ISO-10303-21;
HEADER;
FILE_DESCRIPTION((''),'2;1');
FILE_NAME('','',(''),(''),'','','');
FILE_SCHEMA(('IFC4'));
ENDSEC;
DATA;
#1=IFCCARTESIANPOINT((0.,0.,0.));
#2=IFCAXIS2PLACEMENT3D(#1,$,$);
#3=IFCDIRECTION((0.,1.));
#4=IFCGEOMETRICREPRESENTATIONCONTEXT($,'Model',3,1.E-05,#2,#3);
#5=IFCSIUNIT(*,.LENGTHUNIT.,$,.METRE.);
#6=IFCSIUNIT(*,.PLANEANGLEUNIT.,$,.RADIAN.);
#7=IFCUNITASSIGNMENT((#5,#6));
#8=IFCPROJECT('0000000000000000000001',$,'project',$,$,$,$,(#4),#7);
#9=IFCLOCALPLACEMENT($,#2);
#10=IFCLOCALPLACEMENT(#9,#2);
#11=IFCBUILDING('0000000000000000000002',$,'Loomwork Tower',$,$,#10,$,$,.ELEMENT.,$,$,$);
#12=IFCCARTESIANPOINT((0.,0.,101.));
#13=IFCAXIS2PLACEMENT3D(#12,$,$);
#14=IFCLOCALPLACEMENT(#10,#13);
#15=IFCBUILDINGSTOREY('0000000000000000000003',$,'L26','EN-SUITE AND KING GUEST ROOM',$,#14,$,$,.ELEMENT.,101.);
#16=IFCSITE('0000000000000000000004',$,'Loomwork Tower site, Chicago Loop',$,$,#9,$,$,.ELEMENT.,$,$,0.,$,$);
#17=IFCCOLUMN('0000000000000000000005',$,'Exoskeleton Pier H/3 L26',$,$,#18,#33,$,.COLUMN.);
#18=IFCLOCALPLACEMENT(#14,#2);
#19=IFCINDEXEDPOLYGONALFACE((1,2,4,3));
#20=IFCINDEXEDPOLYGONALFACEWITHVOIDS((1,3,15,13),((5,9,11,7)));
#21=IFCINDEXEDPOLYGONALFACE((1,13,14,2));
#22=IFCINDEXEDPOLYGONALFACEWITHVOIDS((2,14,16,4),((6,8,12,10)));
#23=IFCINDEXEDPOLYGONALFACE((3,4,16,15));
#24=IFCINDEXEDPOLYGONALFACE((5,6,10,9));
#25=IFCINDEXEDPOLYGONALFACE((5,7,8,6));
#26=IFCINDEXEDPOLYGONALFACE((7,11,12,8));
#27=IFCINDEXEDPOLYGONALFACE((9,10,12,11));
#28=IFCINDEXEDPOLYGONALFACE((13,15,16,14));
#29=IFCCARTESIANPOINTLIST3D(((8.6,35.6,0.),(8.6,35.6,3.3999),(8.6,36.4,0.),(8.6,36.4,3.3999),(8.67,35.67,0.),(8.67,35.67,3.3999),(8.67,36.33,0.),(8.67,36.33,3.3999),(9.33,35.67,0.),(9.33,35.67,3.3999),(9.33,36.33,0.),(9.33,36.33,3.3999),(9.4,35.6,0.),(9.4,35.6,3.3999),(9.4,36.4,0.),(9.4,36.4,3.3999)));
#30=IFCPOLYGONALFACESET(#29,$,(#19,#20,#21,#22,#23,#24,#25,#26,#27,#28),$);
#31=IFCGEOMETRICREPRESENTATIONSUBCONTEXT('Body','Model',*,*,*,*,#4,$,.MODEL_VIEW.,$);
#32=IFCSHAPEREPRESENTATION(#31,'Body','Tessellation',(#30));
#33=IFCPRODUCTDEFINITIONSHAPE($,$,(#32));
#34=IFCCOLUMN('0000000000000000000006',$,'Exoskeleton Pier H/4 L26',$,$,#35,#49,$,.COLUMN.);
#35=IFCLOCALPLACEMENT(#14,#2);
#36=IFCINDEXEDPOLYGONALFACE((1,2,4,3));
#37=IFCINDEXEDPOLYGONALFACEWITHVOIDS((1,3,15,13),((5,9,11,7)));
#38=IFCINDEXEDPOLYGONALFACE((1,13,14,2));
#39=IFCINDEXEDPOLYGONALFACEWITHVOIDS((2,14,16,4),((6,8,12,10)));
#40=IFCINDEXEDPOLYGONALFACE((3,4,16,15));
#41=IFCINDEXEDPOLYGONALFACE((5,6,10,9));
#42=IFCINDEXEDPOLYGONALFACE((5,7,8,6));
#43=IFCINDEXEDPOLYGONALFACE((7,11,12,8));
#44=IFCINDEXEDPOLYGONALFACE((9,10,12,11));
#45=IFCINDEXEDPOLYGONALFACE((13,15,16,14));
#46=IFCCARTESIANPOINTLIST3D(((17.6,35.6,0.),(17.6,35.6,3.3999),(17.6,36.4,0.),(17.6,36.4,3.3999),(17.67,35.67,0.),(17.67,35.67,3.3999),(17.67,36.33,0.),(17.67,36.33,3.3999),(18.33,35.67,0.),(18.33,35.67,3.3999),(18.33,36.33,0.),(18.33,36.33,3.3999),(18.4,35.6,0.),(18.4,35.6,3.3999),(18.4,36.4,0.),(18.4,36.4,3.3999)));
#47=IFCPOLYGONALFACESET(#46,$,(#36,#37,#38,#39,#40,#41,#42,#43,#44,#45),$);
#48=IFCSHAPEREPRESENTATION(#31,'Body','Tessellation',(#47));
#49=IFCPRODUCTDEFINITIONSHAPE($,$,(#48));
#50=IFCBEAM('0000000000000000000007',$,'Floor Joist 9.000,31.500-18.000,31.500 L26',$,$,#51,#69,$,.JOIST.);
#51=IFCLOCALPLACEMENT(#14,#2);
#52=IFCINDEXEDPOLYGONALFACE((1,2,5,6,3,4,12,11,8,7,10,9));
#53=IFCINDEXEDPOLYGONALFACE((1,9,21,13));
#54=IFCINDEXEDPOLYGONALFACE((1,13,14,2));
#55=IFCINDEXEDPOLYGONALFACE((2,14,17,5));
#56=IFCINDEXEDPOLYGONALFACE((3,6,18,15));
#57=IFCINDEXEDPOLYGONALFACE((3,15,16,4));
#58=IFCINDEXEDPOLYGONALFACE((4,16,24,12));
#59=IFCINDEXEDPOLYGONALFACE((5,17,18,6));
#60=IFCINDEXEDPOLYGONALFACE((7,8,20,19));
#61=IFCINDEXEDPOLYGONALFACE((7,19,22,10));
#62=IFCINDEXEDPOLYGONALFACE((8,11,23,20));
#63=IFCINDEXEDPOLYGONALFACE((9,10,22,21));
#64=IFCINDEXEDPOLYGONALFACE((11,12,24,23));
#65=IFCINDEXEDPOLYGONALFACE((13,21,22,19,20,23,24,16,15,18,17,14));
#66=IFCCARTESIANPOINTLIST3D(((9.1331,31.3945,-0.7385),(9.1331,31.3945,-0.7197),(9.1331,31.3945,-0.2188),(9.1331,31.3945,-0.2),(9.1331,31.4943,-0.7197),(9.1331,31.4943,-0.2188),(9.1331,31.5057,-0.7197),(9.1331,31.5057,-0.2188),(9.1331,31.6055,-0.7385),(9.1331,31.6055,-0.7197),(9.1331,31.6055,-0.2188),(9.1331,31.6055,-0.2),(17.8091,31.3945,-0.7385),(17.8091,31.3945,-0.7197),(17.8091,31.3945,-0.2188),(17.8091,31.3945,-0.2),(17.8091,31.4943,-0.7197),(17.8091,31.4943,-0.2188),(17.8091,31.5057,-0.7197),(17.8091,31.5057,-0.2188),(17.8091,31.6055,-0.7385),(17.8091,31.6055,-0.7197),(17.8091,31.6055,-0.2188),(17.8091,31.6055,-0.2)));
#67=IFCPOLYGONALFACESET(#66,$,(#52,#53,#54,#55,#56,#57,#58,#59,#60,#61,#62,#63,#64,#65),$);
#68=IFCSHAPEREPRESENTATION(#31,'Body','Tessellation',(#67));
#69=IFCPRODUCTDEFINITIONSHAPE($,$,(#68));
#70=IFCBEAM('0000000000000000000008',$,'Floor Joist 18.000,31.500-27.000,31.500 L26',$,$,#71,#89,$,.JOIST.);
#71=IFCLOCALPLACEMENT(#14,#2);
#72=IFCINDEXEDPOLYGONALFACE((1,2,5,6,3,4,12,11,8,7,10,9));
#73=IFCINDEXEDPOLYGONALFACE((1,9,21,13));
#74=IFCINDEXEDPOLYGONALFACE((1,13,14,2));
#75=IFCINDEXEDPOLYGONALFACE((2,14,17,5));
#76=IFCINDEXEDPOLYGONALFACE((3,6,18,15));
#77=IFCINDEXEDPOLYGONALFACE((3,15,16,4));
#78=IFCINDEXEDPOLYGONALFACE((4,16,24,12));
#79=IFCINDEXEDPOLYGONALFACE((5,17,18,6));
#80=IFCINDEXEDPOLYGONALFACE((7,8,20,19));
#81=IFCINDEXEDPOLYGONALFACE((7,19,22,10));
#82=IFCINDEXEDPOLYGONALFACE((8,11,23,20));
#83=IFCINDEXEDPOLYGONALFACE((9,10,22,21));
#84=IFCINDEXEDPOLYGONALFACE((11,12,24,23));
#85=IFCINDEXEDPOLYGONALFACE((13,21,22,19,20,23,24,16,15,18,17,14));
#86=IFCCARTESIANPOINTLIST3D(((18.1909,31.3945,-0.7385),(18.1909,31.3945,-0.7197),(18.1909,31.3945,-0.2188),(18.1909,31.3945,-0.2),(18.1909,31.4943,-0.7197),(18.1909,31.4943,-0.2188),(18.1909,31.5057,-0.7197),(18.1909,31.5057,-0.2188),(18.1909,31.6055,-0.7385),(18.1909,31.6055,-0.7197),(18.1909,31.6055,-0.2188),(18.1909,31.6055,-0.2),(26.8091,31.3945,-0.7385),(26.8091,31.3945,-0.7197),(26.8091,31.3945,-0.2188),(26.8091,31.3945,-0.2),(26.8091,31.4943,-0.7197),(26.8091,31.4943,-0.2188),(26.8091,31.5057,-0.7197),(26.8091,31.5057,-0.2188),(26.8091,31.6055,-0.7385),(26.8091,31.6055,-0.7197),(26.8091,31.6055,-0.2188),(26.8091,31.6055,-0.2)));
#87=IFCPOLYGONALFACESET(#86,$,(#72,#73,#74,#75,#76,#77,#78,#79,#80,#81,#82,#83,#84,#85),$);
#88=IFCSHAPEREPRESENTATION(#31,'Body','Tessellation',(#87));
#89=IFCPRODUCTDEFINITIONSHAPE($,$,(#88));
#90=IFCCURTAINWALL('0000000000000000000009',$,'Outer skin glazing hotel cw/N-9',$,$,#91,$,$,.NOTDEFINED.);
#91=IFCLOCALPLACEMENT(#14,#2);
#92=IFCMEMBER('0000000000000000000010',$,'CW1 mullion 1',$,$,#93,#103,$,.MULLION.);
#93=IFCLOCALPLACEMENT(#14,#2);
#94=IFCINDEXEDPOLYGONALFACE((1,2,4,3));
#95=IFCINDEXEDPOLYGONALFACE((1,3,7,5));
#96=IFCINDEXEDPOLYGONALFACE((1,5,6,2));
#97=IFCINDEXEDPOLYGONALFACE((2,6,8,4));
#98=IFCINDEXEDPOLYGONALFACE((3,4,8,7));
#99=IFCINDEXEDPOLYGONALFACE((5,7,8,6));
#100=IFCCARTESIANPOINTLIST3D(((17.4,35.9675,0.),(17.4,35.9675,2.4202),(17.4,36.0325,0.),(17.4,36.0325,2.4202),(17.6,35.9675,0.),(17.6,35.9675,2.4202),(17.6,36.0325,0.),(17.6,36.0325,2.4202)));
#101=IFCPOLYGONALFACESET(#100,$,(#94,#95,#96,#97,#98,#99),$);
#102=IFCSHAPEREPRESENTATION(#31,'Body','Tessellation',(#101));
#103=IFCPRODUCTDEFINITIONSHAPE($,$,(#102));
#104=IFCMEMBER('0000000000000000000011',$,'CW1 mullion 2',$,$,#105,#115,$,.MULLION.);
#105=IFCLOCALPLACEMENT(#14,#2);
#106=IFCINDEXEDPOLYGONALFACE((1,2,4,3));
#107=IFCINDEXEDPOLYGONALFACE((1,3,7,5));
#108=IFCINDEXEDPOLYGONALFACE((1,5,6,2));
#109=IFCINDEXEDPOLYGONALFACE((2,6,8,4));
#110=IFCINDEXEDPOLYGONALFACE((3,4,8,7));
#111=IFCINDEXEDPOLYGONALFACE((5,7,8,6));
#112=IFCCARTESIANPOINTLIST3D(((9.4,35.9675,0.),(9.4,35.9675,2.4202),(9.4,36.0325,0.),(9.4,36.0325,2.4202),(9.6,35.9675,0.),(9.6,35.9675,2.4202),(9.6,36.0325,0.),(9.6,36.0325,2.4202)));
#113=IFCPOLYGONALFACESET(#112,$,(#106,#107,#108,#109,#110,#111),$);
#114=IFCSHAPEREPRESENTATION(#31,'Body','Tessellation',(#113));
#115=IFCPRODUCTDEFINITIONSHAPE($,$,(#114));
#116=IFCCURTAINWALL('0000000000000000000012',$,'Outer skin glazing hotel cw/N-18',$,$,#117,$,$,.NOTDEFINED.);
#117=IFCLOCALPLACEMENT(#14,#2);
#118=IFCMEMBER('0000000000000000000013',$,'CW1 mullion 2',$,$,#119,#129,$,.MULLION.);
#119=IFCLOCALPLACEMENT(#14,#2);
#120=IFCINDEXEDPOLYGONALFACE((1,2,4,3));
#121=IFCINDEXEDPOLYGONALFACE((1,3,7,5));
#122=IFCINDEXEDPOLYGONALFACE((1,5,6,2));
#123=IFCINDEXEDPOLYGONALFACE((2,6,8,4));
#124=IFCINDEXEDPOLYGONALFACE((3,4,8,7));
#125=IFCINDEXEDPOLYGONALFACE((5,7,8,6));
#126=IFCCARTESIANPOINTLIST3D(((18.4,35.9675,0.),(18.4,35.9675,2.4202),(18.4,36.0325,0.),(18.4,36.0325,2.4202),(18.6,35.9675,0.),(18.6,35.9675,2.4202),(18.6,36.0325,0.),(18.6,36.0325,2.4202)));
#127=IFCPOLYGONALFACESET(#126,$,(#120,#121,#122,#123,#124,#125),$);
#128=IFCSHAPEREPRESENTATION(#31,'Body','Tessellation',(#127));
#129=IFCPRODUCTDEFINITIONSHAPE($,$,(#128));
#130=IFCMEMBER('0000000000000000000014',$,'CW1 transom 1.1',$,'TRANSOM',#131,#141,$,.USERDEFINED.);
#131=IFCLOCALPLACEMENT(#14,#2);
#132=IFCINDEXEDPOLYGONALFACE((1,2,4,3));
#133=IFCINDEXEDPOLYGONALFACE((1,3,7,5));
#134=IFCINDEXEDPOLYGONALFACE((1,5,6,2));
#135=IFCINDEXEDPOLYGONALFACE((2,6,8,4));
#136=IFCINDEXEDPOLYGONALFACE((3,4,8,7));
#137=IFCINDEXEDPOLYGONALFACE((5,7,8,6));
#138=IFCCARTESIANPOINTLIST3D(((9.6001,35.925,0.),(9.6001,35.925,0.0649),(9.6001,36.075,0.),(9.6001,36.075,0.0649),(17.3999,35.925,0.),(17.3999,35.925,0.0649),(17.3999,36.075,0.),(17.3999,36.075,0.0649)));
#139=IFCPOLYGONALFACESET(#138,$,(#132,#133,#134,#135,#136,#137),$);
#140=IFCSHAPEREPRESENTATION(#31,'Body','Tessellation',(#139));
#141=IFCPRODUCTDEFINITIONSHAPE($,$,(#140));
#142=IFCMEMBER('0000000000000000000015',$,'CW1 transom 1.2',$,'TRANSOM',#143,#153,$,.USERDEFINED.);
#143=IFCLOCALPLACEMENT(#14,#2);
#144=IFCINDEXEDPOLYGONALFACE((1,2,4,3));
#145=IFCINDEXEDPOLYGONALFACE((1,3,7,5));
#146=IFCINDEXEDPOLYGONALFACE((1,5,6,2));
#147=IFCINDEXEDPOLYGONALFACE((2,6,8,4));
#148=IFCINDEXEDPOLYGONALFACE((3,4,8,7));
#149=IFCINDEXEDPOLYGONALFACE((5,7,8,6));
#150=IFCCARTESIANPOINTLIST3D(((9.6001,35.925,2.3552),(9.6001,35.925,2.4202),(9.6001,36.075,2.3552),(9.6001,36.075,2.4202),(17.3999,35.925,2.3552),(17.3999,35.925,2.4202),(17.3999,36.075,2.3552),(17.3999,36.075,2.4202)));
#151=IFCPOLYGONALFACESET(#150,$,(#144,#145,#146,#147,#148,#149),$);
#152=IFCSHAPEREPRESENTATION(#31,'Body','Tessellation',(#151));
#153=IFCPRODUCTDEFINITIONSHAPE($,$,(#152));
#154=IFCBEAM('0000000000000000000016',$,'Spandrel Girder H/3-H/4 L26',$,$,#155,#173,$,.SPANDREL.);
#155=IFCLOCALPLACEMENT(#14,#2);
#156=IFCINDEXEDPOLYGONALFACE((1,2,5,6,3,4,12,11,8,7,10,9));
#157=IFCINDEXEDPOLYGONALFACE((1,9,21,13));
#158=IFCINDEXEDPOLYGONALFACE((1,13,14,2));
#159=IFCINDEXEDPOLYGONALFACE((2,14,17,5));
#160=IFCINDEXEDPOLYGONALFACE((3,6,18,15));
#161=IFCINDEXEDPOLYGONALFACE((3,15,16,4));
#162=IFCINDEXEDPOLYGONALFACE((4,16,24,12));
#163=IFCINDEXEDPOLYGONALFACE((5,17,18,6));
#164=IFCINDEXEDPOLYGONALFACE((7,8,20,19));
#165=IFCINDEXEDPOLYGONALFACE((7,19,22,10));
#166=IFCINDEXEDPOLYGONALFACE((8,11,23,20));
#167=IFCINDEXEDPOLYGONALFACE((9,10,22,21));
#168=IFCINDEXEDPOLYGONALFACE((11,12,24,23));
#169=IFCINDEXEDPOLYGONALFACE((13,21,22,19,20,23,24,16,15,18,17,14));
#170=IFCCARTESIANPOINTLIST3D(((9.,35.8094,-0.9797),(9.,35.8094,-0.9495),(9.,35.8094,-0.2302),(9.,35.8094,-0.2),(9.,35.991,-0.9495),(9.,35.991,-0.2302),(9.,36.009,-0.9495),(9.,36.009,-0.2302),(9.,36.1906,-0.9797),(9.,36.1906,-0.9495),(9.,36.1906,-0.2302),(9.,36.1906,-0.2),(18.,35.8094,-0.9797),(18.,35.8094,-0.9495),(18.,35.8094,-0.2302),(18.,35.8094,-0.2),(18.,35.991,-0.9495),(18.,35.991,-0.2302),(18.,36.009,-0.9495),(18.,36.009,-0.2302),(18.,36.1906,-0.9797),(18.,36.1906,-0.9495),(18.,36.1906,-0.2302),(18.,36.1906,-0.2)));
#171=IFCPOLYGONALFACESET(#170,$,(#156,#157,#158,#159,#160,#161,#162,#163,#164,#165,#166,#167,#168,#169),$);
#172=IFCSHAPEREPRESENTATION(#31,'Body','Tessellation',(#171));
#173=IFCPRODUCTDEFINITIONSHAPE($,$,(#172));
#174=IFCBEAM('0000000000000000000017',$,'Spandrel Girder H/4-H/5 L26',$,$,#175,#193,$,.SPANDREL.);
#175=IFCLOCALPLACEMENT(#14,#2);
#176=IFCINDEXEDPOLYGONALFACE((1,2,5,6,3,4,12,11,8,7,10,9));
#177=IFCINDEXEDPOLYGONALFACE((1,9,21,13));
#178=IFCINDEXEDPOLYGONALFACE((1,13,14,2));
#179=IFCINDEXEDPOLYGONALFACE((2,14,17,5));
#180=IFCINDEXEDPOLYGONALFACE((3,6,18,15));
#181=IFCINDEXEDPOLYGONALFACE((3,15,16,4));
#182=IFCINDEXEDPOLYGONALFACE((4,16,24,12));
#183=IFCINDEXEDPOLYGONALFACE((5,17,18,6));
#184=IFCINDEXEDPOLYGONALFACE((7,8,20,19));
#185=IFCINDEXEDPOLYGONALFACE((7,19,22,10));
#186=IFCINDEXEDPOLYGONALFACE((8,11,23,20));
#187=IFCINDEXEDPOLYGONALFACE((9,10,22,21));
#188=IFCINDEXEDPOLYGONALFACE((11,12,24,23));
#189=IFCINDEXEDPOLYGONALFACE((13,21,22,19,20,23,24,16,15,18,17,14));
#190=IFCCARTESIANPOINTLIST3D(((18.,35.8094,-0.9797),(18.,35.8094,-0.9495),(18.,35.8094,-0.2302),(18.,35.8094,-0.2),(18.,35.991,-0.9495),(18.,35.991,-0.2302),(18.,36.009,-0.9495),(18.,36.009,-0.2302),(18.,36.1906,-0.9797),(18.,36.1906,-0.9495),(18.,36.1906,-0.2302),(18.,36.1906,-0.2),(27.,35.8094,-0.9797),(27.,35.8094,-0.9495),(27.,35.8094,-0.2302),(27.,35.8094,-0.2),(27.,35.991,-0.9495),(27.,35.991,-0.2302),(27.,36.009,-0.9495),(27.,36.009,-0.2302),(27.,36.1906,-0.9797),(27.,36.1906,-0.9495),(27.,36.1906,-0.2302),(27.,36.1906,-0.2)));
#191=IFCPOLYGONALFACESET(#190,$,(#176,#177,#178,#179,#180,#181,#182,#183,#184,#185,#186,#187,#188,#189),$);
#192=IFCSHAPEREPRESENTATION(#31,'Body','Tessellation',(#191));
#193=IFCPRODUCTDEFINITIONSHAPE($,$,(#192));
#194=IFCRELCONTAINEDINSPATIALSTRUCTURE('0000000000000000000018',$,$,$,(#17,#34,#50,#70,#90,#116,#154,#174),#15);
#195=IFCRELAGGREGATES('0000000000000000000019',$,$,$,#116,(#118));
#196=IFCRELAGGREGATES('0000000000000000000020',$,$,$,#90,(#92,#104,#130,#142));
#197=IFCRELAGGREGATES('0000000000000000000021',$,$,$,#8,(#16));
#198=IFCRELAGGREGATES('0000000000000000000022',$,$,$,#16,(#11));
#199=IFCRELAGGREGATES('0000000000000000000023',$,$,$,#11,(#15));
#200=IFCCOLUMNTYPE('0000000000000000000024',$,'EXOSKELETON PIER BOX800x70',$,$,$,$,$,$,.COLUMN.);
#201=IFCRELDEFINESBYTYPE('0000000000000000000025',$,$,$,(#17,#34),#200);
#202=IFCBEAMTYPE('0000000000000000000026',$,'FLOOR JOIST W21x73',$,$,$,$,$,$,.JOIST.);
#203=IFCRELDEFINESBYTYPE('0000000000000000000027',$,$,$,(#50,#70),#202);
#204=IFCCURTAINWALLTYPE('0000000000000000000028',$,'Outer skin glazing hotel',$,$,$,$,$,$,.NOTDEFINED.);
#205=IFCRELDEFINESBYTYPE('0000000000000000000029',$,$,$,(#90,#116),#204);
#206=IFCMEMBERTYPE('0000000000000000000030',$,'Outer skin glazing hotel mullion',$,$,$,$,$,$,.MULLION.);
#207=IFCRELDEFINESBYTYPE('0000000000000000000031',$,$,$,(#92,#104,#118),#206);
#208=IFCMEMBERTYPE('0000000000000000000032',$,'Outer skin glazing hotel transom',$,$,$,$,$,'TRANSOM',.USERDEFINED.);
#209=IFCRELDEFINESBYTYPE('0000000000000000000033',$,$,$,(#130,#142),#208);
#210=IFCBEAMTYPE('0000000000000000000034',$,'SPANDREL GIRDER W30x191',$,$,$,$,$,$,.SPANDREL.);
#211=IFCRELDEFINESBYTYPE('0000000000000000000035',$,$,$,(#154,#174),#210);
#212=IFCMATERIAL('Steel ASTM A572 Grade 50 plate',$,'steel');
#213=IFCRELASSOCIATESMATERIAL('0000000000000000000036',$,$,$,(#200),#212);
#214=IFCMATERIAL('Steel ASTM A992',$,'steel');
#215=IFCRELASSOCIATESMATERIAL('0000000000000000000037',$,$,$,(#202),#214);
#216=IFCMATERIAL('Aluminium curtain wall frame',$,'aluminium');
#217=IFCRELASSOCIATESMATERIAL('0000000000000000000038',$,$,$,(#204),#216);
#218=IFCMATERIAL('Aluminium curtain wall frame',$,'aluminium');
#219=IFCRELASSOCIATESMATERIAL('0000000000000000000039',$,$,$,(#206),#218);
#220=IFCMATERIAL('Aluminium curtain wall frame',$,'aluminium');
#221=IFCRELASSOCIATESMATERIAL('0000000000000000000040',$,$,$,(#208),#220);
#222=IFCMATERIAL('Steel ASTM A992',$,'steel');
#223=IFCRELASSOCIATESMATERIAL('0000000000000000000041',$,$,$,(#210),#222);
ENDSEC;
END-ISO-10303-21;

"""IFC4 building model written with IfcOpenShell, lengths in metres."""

from ifc_helpers import new_model, si_unit, direction, frame, origin, origin_2d, place, context, subcontext, project, spatial, rectangle, hollow_rectangle, i_section, extrude, material, material_profile, profile_set, type_object, element, aggregate, save


model = new_model("IFC4")

# Units and contexts
model_context = context("Model", 3, precision=1e-05, world=origin(), true_north=direction((0.0, 1.0)))
body_context = subcontext(model_context, "Body", "Model", "MODEL_VIEW")
ifc_project = project(units=[si_unit("LENGTHUNIT", "METRE"), si_unit("PLANEANGLEUNIT", "RADIAN")], contexts=[model_context])

# Site, building, storey
site_placement = place(None, origin())
site = spatial("IfcSite", under=ifc_project, at=site_placement, Name="Loomwork Tower site, Chicago Loop", CompositionType="ELEMENT", RefElevation=0.0)
building_placement = place(site_placement, origin())
building = spatial("IfcBuilding", under=site, at=building_placement, Name="Loomwork Tower", CompositionType="ELEMENT")
storey_placement = place(building_placement, frame((0.0, 0.0, 101.0)))
storey = spatial("IfcBuildingStorey", under=building, at=storey_placement, Name="L26", Description="EN-SUITE AND KING GUEST ROOM", CompositionType="ELEMENT", Elevation=101.0)

# Columns
ifc_material_1 = material(Name="Steel ASTM A572 Grade 50 plate", Category="steel")
ifc_material_profile_1 = material_profile(ifc_material_1, hollow_rectangle(XDim=0.8, YDim=0.8, WallThickness=0.0701, at=origin_2d()), Name="BOX800x70")
ifc_profile_set_1 = profile_set([ifc_material_profile_1], Name="Steel ASTM A572 Grade 50 plate")
column_type = type_object("IfcColumnType", Name="EXOSKELETON PIER BOX800x70", PredefinedType="COLUMN", material=ifc_profile_set_1)
for number, where, z_axis, x_axis, name in (
    (1, (9.0, 36.0, 0.0), (0.0, 0.0, 1.0), (1.0, 0.0, 0.0), "Exoskeleton Pier H/3 L26"),
    (2, (18.0, 36.0, 0.0), (0.0, 0.0, 1.0), (1.0, 0.0, 0.0), "Exoskeleton Pier H/4 L26"),
):
    element("IfcColumn", number, at=place(storey_placement, frame(where, z_axis=z_axis, x_axis=x_axis)), inside=storey, type_object=column_type, Name=name, PredefinedType="COLUMN", context=body_context, shape_type="SweptSolid", body=[
        extrude(hollow_rectangle(XDim=0.8, YDim=0.8, WallThickness=0.0701, at=origin_2d()), origin(), (0.0, 0.0, 1.0), 3.3999),
    ])

# Beams
ifc_material_2 = material(Name="Steel ASTM A992", Category="steel")
ifc_material_profile_2 = material_profile(ifc_material_2, i_section(OverallWidth=0.2109, OverallDepth=0.5386, WebThickness=0.0115, FlangeThickness=0.0188, at=origin_2d()), Name="W21x73")
ifc_profile_set_2 = profile_set([ifc_material_profile_2], Name="Steel ASTM A992")
beam_type_1 = type_object("IfcBeamType", Name="FLOOR JOIST W21x73", PredefinedType="JOIST", material=ifc_profile_set_2)
beam_1_placement = place(storey_placement, frame((9.1331, 31.5, -0.4692), z_axis=(1.0, 0.0, 0.0), x_axis=(0.0, 1.0, 0.0)))
element("IfcBeam", 3, at=beam_1_placement, inside=storey, type_object=beam_type_1, Name="Floor Joist 9.000,31.500-18.000,31.500 L26", PredefinedType="JOIST", context=body_context, shape_type="SweptSolid", body=[
    extrude(i_section(OverallWidth=0.2109, OverallDepth=0.5386, WebThickness=0.0115, FlangeThickness=0.0188, at=origin_2d()), origin(), (0.0, 0.0, 1.0), 8.676),
])
beam_2_placement = place(storey_placement, frame((18.1909, 31.5, -0.4692), z_axis=(1.0, 0.0, 0.0), x_axis=(0.0, 1.0, 0.0)))
element("IfcBeam", 4, at=beam_2_placement, inside=storey, type_object=beam_type_1, Name="Floor Joist 18.000,31.500-27.000,31.500 L26", PredefinedType="JOIST", context=body_context, shape_type="SweptSolid", body=[
    extrude(i_section(OverallWidth=0.2109, OverallDepth=0.5386, WebThickness=0.0115, FlangeThickness=0.0188, at=origin_2d()), origin(), (0.0, 0.0, 1.0), 8.6182),
])

# Curtain wall, members
ifc_material_3 = material(Name="Aluminium curtain wall frame", Category="aluminium")
curtain_wall_type = type_object("IfcCurtainWallType", Name="Outer skin glazing hotel", PredefinedType="NOTDEFINED", material=ifc_material_3)
curtain_wall_1_placement = place(storey_placement, origin())
curtain_wall_1 = element("IfcCurtainWall", 5, at=curtain_wall_1_placement, inside=storey, type_object=curtain_wall_type, Name="Outer skin glazing hotel cw/N-9", PredefinedType="NOTDEFINED")
ifc_material_4 = material(Name="Aluminium curtain wall frame", Category="aluminium")
ifc_material_profile_3 = material_profile(ifc_material_4, rectangle(XDim=0.0649, YDim=0.2, at=origin_2d()), Name="AL 65x200")
ifc_profile_set_3 = profile_set([ifc_material_profile_3], Name="Aluminium curtain wall frame")
member_type_1 = type_object("IfcMemberType", Name="Outer skin glazing hotel mullion", PredefinedType="MULLION", material=ifc_profile_set_3)
member_1_placement = place(storey_placement, frame((17.5, 36.0, 0.0), z_axis=(0.0, 0.0, 1.0), x_axis=(0.0, -1.0, 0.0)))
member_1 = element("IfcMember", 6, at=member_1_placement, type_object=member_type_1, Name="CW1 mullion 1", PredefinedType="MULLION", context=body_context, shape_type="SweptSolid", body=[
    extrude(rectangle(XDim=0.0649, YDim=0.2, at=origin_2d()), origin(), (0.0, 0.0, 1.0), 2.4202),
])
member_2_placement = place(storey_placement, frame((9.5, 36.0, 0.0), z_axis=(0.0, 0.0, 1.0), x_axis=(0.0, -1.0, 0.0)))
member_2 = element("IfcMember", 7, at=member_2_placement, type_object=member_type_1, Name="CW1 mullion 2", PredefinedType="MULLION", context=body_context, shape_type="SweptSolid", body=[
    extrude(rectangle(XDim=0.0649, YDim=0.2, at=origin_2d()), origin(), (0.0, 0.0, 1.0), 2.4202),
])

# Curtain wall, member
curtain_wall_2_placement = place(storey_placement, origin())
curtain_wall_2 = element("IfcCurtainWall", 8, at=curtain_wall_2_placement, inside=storey, type_object=curtain_wall_type, Name="Outer skin glazing hotel cw/N-18", PredefinedType="NOTDEFINED")
member_3_placement = place(storey_placement, frame((18.5, 36.0, 0.0), z_axis=(0.0, 0.0, 1.0), x_axis=(0.0, -1.0, 0.0)))
member_3 = element("IfcMember", 9, at=member_3_placement, type_object=member_type_1, Name="CW1 mullion 2", PredefinedType="MULLION", context=body_context, shape_type="SweptSolid", body=[
    extrude(rectangle(XDim=0.0649, YDim=0.2, at=origin_2d()), origin(), (0.0, 0.0, 1.0), 2.4202),
])
aggregate(curtain_wall_2, [member_3])

# Members
ifc_material_5 = material(Name="Aluminium curtain wall frame", Category="aluminium")
ifc_material_profile_4 = material_profile(ifc_material_5, rectangle(XDim=0.1499, YDim=0.0649, at=origin_2d()), Name="AL 65x150")
ifc_profile_set_4 = profile_set([ifc_material_profile_4], Name="Aluminium curtain wall frame")
member_type_2 = type_object("IfcMemberType", Name="Outer skin glazing hotel transom", ElementType="TRANSOM", PredefinedType="USERDEFINED", material=ifc_profile_set_4)
member_4_placement = place(storey_placement, frame((17.3999, 36.0, 0.0325), z_axis=(-1.0, 0.0, 0.0), x_axis=(0.0, -1.0, 0.0)))
member_4 = element("IfcMember", 10, at=member_4_placement, type_object=member_type_2, Name="CW1 transom 1.1", ObjectType="TRANSOM", PredefinedType="USERDEFINED", context=body_context, shape_type="SweptSolid", body=[
    extrude(rectangle(XDim=0.1499, YDim=0.0649, at=origin_2d()), origin(), (0.0, 0.0, 1.0), 7.7998),
])
member_5_placement = place(storey_placement, frame((17.3999, 36.0, 2.3877), z_axis=(-1.0, 0.0, 0.0), x_axis=(0.0, -1.0, 0.0)))
member_5 = element("IfcMember", 11, at=member_5_placement, type_object=member_type_2, Name="CW1 transom 1.2", ObjectType="TRANSOM", PredefinedType="USERDEFINED", context=body_context, shape_type="SweptSolid", body=[
    extrude(rectangle(XDim=0.1499, YDim=0.0649, at=origin_2d()), origin(), (0.0, 0.0, 1.0), 7.7998),
])

# Beams
ifc_material_6 = material(Name="Steel ASTM A992", Category="steel")
ifc_material_profile_5 = material_profile(ifc_material_6, i_section(OverallWidth=0.3811, OverallDepth=0.7798, WebThickness=0.0181, FlangeThickness=0.0303, at=origin_2d()), Name="W30x191")
ifc_profile_set_5 = profile_set([ifc_material_profile_5], Name="Steel ASTM A992")
beam_type_2 = type_object("IfcBeamType", Name="SPANDREL GIRDER W30x191", PredefinedType="SPANDREL", material=ifc_profile_set_5)
for number, where, z_axis, x_axis, name in (
    (12, (9.0, 36.0, -0.5898), (1.0, 0.0, 0.0), (0.0, 1.0, 0.0), "Spandrel Girder H/3-H/4 L26"),
    (13, (18.0, 36.0, -0.5898), (1.0, 0.0, 0.0), (0.0, 1.0, 0.0), "Spandrel Girder H/4-H/5 L26"),
):
    element("IfcBeam", number, at=place(storey_placement, frame(where, z_axis=z_axis, x_axis=x_axis)), inside=storey, type_object=beam_type_2, Name=name, PredefinedType="SPANDREL", context=body_context, shape_type="SweptSolid", body=[
        extrude(i_section(OverallWidth=0.3811, OverallDepth=0.7798, WebThickness=0.0181, FlangeThickness=0.0303, at=origin_2d()), origin(), (0.0, 0.0, 1.0), 9.0),
    ])

aggregate(curtain_wall_1, [member_1, member_2, member_4, member_5])

save(model, "model.ifc")
